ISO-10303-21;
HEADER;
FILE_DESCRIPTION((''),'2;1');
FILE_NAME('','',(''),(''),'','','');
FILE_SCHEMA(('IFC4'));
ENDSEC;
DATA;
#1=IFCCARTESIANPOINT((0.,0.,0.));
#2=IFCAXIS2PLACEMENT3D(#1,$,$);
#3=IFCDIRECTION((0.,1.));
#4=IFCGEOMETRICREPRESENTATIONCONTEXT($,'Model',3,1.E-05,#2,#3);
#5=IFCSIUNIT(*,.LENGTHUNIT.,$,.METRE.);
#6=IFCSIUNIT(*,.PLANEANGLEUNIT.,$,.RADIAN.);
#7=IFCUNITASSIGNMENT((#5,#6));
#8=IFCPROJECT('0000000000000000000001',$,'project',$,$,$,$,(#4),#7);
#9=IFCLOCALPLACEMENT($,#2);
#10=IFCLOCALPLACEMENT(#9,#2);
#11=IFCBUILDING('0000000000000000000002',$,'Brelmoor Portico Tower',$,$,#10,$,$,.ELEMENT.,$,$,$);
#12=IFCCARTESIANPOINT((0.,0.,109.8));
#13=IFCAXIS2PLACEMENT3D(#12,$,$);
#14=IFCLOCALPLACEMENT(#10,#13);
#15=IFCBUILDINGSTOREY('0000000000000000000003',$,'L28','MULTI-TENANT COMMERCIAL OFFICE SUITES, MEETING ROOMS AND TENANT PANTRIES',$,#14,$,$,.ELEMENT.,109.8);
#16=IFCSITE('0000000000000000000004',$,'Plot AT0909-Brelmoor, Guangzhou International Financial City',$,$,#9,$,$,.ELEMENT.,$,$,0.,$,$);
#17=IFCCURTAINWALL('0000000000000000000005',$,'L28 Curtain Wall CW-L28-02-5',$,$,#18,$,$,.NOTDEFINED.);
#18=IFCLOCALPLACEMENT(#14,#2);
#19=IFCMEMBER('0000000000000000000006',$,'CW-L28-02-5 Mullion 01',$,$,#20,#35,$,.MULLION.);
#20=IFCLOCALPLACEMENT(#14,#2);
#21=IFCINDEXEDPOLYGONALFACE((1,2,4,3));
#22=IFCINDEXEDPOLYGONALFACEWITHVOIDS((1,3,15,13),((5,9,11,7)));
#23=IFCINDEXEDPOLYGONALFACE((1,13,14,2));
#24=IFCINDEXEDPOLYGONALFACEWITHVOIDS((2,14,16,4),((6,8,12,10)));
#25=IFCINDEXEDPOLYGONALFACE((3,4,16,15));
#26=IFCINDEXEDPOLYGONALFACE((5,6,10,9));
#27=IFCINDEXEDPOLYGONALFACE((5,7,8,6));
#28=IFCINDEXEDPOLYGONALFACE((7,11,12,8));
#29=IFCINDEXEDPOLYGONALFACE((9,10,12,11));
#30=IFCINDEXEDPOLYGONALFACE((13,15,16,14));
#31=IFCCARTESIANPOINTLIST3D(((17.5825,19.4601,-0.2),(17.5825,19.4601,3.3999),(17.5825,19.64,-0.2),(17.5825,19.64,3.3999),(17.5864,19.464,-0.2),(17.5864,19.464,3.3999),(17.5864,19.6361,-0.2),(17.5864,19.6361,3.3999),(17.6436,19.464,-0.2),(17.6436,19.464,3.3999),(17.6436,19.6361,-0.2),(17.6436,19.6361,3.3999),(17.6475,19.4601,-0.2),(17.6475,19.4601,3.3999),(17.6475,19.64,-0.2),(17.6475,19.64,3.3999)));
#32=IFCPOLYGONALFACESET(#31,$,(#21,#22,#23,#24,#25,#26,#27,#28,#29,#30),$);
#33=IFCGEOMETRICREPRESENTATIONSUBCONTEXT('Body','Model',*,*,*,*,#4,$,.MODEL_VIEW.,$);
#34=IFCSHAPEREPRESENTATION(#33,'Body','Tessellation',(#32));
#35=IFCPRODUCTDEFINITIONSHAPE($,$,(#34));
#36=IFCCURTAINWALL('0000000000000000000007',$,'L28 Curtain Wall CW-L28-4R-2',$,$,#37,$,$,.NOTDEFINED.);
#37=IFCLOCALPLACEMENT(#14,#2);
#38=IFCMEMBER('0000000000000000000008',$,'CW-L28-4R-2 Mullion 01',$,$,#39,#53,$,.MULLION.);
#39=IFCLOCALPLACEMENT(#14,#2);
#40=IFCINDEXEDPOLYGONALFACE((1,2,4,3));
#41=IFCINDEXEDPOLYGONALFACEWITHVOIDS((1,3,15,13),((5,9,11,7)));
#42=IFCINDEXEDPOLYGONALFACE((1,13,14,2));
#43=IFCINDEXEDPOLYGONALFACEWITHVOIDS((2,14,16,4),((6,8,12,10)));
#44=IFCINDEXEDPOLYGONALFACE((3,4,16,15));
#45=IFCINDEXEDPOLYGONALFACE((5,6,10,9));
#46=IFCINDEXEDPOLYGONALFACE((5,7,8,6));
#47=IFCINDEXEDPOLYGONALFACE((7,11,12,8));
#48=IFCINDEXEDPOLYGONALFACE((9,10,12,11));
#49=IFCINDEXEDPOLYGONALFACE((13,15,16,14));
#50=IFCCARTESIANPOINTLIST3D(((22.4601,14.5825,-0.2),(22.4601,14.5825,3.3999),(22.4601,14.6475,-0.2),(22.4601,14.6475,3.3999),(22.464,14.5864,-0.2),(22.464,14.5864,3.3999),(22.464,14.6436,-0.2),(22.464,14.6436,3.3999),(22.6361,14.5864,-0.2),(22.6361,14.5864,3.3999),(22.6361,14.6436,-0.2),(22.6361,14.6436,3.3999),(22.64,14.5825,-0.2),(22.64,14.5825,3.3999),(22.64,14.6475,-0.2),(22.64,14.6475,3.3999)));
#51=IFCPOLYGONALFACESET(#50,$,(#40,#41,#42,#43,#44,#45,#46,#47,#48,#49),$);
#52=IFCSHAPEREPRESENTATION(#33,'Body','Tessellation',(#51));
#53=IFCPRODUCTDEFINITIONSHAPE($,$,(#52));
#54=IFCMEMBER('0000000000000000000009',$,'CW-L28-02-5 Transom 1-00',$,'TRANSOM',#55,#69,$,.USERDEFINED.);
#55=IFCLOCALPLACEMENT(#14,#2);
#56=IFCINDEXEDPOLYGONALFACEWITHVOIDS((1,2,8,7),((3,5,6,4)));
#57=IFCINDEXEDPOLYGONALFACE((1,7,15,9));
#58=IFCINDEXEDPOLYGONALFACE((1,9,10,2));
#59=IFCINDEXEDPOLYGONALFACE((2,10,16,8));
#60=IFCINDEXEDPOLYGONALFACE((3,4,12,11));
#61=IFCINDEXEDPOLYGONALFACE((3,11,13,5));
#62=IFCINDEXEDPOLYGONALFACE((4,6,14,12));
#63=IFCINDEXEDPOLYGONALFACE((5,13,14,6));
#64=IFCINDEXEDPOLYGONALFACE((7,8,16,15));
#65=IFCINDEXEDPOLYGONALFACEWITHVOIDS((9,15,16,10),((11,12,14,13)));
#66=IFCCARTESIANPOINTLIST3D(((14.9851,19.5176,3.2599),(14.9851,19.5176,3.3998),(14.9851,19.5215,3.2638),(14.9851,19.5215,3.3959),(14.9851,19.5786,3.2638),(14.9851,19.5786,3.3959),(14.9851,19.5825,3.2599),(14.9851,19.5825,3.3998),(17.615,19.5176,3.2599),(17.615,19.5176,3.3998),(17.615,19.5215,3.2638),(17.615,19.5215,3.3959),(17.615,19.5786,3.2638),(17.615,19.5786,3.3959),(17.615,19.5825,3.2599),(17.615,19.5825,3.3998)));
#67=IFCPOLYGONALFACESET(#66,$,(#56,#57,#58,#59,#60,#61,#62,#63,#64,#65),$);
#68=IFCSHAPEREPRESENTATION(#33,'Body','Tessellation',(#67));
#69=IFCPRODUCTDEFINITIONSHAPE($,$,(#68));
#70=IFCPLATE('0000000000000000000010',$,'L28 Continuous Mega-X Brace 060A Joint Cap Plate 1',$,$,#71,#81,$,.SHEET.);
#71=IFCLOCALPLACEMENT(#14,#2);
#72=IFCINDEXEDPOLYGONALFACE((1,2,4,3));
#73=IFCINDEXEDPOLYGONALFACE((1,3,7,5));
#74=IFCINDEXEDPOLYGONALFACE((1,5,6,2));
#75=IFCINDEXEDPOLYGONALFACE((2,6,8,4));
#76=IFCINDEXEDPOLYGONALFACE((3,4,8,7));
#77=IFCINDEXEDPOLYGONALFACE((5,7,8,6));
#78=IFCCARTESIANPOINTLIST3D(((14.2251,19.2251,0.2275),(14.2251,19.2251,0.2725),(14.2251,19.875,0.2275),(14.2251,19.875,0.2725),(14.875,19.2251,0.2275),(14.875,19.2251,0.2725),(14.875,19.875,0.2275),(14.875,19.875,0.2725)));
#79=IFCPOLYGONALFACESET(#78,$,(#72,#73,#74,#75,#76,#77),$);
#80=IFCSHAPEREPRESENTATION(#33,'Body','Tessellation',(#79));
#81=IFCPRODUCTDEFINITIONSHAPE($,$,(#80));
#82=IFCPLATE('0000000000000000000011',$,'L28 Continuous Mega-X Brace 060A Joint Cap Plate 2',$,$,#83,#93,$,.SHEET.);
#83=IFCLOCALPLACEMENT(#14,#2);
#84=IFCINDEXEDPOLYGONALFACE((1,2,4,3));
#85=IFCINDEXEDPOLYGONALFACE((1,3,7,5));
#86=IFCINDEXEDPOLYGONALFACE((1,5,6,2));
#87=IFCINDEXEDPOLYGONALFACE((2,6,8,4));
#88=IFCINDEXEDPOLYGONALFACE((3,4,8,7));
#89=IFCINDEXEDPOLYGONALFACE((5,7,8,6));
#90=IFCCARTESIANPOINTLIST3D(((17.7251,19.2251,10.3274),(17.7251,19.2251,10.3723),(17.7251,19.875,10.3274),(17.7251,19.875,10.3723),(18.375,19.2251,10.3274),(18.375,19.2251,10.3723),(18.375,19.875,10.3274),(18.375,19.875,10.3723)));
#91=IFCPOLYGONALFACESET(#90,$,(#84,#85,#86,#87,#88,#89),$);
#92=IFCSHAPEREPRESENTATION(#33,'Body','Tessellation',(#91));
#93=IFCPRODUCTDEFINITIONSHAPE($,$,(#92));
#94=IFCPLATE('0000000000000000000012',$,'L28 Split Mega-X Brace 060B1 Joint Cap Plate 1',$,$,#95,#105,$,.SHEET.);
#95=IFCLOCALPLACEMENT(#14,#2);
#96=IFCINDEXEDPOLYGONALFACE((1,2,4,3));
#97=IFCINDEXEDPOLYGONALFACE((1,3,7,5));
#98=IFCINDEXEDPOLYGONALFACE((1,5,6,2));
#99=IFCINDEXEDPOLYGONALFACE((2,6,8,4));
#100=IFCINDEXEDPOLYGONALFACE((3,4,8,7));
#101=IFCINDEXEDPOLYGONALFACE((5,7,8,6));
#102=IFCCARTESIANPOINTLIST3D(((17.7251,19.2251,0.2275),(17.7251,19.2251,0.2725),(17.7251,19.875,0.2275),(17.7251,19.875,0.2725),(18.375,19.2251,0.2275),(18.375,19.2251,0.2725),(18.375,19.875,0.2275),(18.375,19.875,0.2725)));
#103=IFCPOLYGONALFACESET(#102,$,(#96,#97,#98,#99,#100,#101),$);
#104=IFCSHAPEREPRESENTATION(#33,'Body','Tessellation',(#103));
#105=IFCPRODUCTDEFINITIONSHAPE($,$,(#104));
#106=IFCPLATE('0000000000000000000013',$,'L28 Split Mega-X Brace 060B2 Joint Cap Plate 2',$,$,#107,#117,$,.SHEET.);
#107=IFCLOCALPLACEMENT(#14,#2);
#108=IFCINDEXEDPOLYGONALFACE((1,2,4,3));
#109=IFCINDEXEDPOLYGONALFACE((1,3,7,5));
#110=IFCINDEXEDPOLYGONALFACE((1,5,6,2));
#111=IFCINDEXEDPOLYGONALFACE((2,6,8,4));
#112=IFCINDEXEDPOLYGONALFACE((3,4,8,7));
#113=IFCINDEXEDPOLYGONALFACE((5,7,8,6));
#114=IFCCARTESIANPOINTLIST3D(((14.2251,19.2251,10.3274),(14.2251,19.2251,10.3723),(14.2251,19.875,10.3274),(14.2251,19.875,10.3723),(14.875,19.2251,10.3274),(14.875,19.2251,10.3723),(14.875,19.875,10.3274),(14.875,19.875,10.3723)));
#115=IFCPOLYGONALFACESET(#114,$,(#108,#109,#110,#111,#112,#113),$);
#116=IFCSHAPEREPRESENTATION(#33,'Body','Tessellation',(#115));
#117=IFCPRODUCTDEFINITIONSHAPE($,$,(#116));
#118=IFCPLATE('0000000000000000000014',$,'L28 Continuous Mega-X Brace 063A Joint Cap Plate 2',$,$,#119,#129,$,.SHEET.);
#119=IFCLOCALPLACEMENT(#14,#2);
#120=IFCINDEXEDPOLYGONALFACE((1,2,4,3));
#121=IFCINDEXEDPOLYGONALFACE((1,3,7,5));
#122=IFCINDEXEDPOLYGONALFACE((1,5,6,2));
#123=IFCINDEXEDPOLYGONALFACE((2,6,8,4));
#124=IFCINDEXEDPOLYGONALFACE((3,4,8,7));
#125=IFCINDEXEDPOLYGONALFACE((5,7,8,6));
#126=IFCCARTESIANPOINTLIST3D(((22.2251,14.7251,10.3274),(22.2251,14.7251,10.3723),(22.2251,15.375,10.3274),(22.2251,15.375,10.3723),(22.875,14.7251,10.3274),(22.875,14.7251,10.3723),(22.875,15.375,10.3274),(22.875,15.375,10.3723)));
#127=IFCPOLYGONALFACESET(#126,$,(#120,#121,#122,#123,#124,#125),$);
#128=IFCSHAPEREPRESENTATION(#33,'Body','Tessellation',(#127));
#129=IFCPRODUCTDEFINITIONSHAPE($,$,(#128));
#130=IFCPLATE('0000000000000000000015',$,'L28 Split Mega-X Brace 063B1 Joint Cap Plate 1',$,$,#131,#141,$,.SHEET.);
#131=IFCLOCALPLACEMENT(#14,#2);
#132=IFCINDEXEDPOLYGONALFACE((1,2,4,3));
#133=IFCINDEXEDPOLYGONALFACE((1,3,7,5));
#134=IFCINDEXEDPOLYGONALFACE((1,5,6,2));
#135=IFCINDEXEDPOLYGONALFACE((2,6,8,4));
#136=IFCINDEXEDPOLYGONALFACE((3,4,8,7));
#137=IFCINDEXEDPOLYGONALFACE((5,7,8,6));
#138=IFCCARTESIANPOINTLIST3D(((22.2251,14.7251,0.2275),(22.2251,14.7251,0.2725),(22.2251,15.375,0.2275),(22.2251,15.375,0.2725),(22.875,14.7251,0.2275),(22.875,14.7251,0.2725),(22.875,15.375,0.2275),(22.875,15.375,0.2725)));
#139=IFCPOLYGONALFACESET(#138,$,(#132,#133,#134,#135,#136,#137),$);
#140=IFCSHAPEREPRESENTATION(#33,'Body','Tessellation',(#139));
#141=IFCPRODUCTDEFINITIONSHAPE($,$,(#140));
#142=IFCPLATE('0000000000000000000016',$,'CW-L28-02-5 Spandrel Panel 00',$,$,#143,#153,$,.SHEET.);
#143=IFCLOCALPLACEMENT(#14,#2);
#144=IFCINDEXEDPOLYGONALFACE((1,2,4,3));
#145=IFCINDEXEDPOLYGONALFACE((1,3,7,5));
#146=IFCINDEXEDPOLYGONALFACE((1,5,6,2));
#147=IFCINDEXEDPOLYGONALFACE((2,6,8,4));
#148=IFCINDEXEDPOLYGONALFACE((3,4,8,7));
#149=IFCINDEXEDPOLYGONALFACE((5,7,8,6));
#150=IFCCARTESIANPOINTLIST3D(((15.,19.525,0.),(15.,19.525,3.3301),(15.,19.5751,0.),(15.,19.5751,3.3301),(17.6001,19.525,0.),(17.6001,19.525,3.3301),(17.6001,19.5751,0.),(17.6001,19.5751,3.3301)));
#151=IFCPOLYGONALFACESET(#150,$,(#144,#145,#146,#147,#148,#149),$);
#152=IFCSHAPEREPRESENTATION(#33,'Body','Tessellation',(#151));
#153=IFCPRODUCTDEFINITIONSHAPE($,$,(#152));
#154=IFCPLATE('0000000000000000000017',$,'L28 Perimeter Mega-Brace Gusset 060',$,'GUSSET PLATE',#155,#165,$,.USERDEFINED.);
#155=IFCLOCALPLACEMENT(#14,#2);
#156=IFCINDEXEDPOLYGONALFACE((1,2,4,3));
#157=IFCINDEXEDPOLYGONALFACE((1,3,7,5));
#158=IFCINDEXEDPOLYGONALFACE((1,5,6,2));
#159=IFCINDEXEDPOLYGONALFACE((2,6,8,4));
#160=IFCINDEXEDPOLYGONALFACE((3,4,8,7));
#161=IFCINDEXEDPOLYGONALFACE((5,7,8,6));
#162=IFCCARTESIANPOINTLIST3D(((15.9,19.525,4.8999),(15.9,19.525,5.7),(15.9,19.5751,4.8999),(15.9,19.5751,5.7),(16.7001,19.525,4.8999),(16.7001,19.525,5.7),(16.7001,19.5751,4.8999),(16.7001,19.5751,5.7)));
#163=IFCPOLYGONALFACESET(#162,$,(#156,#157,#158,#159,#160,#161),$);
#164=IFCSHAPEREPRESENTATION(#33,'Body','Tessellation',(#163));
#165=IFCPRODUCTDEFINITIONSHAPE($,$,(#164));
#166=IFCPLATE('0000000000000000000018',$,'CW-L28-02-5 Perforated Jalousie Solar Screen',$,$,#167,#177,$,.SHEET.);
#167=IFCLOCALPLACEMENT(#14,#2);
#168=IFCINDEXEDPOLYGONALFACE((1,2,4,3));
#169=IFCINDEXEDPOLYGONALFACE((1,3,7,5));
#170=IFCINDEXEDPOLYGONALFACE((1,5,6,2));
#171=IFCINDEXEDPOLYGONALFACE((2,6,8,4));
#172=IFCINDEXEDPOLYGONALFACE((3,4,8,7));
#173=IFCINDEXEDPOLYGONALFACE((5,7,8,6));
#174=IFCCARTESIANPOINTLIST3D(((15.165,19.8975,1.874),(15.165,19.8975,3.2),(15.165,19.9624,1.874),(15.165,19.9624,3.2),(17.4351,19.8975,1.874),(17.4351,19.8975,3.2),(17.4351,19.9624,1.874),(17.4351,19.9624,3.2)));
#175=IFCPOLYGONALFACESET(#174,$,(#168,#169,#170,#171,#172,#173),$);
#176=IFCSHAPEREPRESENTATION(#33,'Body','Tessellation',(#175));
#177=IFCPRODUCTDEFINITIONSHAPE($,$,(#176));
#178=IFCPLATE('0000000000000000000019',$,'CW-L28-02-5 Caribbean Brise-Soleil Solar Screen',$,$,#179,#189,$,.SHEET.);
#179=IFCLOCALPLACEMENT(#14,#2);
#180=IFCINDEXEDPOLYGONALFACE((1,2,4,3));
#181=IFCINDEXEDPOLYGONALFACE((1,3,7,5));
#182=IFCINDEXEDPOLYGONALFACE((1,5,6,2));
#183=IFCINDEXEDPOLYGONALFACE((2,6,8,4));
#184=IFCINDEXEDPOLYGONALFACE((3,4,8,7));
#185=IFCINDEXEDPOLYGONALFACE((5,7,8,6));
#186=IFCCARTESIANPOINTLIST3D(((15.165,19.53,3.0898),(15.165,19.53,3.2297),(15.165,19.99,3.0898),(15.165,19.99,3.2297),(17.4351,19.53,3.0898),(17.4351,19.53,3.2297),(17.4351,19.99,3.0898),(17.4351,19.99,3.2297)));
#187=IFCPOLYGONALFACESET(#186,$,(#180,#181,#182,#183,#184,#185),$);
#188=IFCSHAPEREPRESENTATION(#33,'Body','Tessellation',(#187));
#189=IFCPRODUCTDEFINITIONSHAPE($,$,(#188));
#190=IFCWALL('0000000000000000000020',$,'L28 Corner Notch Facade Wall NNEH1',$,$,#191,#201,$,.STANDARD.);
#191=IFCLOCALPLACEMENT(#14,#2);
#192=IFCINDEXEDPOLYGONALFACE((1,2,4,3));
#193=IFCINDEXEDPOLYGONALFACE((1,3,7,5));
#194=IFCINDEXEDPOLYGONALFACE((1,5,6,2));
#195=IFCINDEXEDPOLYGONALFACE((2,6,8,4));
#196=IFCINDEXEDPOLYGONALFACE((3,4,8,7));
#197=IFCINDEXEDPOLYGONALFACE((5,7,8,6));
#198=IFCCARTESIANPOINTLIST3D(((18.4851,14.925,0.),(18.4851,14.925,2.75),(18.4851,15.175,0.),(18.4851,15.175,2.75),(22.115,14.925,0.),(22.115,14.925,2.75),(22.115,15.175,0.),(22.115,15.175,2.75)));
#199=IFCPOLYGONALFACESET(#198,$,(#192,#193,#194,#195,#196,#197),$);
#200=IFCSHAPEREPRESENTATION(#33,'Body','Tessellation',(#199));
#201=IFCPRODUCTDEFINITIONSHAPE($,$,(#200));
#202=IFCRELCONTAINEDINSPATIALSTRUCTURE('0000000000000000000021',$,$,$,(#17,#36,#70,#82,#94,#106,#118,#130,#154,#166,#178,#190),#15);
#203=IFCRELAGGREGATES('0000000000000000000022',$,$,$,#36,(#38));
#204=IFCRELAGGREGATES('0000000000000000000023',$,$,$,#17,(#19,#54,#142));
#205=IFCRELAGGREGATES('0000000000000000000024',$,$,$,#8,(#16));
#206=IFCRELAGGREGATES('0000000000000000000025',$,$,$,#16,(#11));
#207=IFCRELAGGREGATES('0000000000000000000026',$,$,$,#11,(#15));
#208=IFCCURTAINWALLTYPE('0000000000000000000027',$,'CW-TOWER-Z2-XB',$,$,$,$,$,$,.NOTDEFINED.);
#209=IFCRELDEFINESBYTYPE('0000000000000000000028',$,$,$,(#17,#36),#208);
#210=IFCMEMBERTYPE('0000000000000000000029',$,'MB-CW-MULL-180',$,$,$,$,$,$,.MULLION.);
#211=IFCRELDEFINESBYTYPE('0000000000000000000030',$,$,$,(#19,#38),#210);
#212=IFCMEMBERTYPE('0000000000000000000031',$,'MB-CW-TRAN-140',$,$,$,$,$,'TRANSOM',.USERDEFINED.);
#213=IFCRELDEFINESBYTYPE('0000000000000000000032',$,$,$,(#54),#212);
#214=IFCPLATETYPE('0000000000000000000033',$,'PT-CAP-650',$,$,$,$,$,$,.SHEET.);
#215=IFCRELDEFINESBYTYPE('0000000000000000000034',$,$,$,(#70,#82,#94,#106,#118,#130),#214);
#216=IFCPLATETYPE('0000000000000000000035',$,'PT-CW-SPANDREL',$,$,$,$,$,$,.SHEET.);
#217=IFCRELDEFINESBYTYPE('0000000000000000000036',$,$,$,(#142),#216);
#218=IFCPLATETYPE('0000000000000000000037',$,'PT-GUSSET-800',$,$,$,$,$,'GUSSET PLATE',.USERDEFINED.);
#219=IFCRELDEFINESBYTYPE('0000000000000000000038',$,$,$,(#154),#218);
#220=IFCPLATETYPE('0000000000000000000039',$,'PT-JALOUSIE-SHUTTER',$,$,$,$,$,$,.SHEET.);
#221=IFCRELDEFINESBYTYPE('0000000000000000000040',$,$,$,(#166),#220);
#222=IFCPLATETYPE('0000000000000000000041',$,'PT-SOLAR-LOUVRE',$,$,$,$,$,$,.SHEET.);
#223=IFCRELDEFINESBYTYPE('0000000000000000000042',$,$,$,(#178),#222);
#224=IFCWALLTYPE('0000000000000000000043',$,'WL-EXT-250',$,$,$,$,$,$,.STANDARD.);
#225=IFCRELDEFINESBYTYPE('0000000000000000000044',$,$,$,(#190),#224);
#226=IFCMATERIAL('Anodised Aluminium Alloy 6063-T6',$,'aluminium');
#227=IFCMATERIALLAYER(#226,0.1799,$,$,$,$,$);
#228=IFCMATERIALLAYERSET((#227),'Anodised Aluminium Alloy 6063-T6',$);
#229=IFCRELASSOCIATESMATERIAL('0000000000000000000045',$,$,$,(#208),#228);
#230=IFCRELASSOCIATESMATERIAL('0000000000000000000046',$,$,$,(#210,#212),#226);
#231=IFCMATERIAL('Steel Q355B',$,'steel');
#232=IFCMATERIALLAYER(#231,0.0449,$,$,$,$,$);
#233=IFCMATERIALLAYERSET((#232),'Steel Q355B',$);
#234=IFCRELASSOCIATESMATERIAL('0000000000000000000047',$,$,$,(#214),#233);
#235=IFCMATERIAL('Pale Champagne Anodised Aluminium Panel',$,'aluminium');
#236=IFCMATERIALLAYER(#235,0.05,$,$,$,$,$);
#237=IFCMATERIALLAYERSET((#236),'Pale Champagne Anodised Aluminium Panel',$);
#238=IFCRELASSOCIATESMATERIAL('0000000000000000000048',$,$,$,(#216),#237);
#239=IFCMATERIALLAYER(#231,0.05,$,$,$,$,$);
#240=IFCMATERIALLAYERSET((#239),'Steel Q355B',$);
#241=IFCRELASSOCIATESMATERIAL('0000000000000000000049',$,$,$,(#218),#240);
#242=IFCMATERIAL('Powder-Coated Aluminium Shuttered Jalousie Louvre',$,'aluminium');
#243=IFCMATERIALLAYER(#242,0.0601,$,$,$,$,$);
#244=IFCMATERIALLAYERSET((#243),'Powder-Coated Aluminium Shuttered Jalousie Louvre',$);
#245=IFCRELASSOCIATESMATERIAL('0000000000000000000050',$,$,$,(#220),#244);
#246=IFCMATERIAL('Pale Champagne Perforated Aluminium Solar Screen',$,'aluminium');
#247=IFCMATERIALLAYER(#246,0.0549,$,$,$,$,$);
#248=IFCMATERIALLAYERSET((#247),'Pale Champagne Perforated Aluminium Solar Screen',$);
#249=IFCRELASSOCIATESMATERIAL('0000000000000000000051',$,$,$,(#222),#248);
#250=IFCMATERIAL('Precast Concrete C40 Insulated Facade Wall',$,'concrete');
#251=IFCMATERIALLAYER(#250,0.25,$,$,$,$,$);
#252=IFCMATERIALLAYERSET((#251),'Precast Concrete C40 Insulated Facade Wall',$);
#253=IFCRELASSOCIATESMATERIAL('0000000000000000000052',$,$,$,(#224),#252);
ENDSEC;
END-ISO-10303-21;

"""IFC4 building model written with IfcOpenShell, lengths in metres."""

from ifc_helpers import new_model, si_unit, direction, frame, frame_2d, origin, origin_2d, place, context, subcontext, project, spatial, rectangle, hollow_rectangle, extrude, material, layer, layer_set, material_profile, profile_set, type_object, element, aggregate, save


model = new_model("IFC4")

# Units and contexts
model_context = context("Model", 3, precision=1e-05, world=origin(), true_north=direction((0.0, 1.0)))
body_context = subcontext(model_context, "Body", "Model", "MODEL_VIEW")
ifc_project = project(units=[si_unit("LENGTHUNIT", "METRE"), si_unit("PLANEANGLEUNIT", "RADIAN")], contexts=[model_context])

# Site, building, storey
site_placement = place(None, origin())
site = spatial("IfcSite", under=ifc_project, at=site_placement, Name="Plot AT0909-Brelmoor, Guangzhou International Financial City", CompositionType="ELEMENT", RefElevation=0.0)
building_placement = place(site_placement, origin())
building = spatial("IfcBuilding", under=site, at=building_placement, Name="Brelmoor Portico Tower", CompositionType="ELEMENT")
storey_placement = place(building_placement, frame((0.0, 0.0, 109.8)))
storey = spatial("IfcBuildingStorey", under=building, at=storey_placement, Name="L28", Description="MULTI-TENANT COMMERCIAL OFFICE SUITES, MEETING ROOMS AND TENANT PANTRIES", CompositionType="ELEMENT", Elevation=109.8)

# Shared definitions
ifc_material_1 = material(Name="Steel Q355B", Category="steel")

# Curtain wall, member
ifc_material_2 = material(Name="Anodised Aluminium Alloy 6063-T6", Category="aluminium")
ifc_layer_1 = layer(ifc_material_2, 0.1799)
ifc_layer_set_1 = layer_set([ifc_layer_1], Name="Anodised Aluminium Alloy 6063-T6")
curtain_wall_type = type_object("IfcCurtainWallType", Name="CW-TOWER-Z2-XB", PredefinedType="NOTDEFINED", material=ifc_layer_set_1)
curtain_wall_1_placement = place(storey_placement, origin())
curtain_wall_1 = element("IfcCurtainWall", 1, at=curtain_wall_1_placement, inside=storey, type_object=curtain_wall_type, Name="L28 Curtain Wall CW-L28-02-5", PredefinedType="NOTDEFINED")
ifc_material_profile_1 = material_profile(ifc_material_2, hollow_rectangle(XDim=0.0649, YDim=0.1799, WallThickness=0.0039, at=origin_2d()), Name="ALU MULLION 65x180")
ifc_profile_set_1 = profile_set([ifc_material_profile_1], Name="Anodised Aluminium Alloy 6063-T6")
member_type_1 = type_object("IfcMemberType", Name="MB-CW-MULL-180", PredefinedType="MULLION", material=ifc_profile_set_1)
member_1_placement = place(storey_placement, frame((17.615, 19.55, -0.2), z_axis=(0.0, 0.0, 1.0), x_axis=(1.0, 0.0, 0.0)))
member_1 = element("IfcMember", 2, at=member_1_placement, type_object=member_type_1, Name="CW-L28-02-5 Mullion 01", PredefinedType="MULLION", context=body_context, shape_type="SweptSolid", body=[
    extrude(hollow_rectangle(XDim=0.0649, YDim=0.1799, WallThickness=0.0039, at=origin_2d()), origin(), (0.0, 0.0, 1.0), 3.5999),
])

# Curtain wall, member
curtain_wall_2_placement = place(storey_placement, origin())
curtain_wall_2 = element("IfcCurtainWall", 3, at=curtain_wall_2_placement, inside=storey, type_object=curtain_wall_type, Name="L28 Curtain Wall CW-L28-4R-2", PredefinedType="NOTDEFINED")
member_2_placement = place(storey_placement, frame((22.55, 14.615, -0.2), z_axis=(0.0, 0.0, 1.0), x_axis=(0.0, 1.0, 0.0)))
member_2 = element("IfcMember", 4, at=member_2_placement, type_object=member_type_1, Name="CW-L28-4R-2 Mullion 01", PredefinedType="MULLION", context=body_context, shape_type="SweptSolid", body=[
    extrude(hollow_rectangle(XDim=0.0649, YDim=0.1799, WallThickness=0.0039, at=origin_2d()), origin(), (0.0, 0.0, 1.0), 3.5999),
])
aggregate(curtain_wall_2, [member_2])

# Member
ifc_material_profile_2 = material_profile(ifc_material_2, hollow_rectangle(XDim=0.0649, YDim=0.1399, WallThickness=0.0039, at=origin_2d()), Name="ALU TRANSOM 65x140")
ifc_profile_set_2 = profile_set([ifc_material_profile_2], Name="Anodised Aluminium Alloy 6063-T6")
member_type_2 = type_object("IfcMemberType", Name="MB-CW-TRAN-140", ElementType="TRANSOM", PredefinedType="USERDEFINED", material=ifc_profile_set_2)
member_3_placement = place(storey_placement, frame((14.9851, 19.55, 3.3298), z_axis=(1.0, 0.0, 0.0), x_axis=(0.0, 1.0, 0.0)))
member_3 = element("IfcMember", 5, at=member_3_placement, type_object=member_type_2, Name="CW-L28-02-5 Transom 1-00", ObjectType="TRANSOM", PredefinedType="USERDEFINED", context=body_context, shape_type="SweptSolid", body=[
    extrude(hollow_rectangle(XDim=0.0649, YDim=0.1399, WallThickness=0.0039, at=origin_2d()), origin(), (0.0, 0.0, 1.0), 2.6299),
])

# Plates
ifc_layer_2 = layer(ifc_material_1, 0.0449)
ifc_layer_set_2 = layer_set([ifc_layer_2], Name="Steel Q355B")
plate_type_1 = type_object("IfcPlateType", Name="PT-CAP-650", PredefinedType="SHEET", material=ifc_layer_set_2)
for number, where, z_axis, x_axis, name in (
    (6, (14.55, 19.55, 0.2275), (0.0, 0.0, 1.0), (1.0, 0.0, 0.0), "L28 Continuous Mega-X Brace 060A Joint Cap Plate 1"),
    (7, (18.05, 19.55, 10.3274), (0.0, 0.0, 1.0), (1.0, 0.0, 0.0), "L28 Continuous Mega-X Brace 060A Joint Cap Plate 2"),
    (8, (18.05, 19.55, 0.2275), (0.0, 0.0, 1.0), (1.0, 0.0, 0.0), "L28 Split Mega-X Brace 060B1 Joint Cap Plate 1"),
    (9, (14.55, 19.55, 10.3274), (0.0, 0.0, 1.0), (1.0, 0.0, 0.0), "L28 Split Mega-X Brace 060B2 Joint Cap Plate 2"),
    (10, (22.55, 15.05, 10.3274), (0.0, 0.0, 1.0), (1.0, 0.0, 0.0), "L28 Continuous Mega-X Brace 063A Joint Cap Plate 2"),
    (11, (22.55, 15.05, 0.2275), (0.0, 0.0, 1.0), (1.0, 0.0, 0.0), "L28 Split Mega-X Brace 063B1 Joint Cap Plate 1"),
):
    element("IfcPlate", number, at=place(storey_placement, frame(where, z_axis=z_axis, x_axis=x_axis)), inside=storey, type_object=plate_type_1, Name=name, PredefinedType="SHEET", context=body_context, shape_type="SweptSolid", body=[
        extrude(rectangle(XDim=0.6499, YDim=0.6499, at=origin_2d()), origin(), (0.0, 0.0, 1.0), 0.0449),
    ])

# Plate
ifc_material_3 = material(Name="Pale Champagne Anodised Aluminium Panel", Category="aluminium")
ifc_layer_3 = layer(ifc_material_3, 0.05)
ifc_layer_set_3 = layer_set([ifc_layer_3], Name="Pale Champagne Anodised Aluminium Panel")
plate_type_2 = type_object("IfcPlateType", Name="PT-CW-SPANDREL", PredefinedType="SHEET", material=ifc_layer_set_3)
plate_1_placement = place(storey_placement, frame((16.3, 19.55, 0.0), z_axis=(0.0, 0.0, 1.0), x_axis=(1.0, 0.0, 0.0)))
plate_1 = element("IfcPlate", 12, at=plate_1_placement, type_object=plate_type_2, Name="CW-L28-02-5 Spandrel Panel 00", PredefinedType="SHEET", context=body_context, shape_type="SweptSolid", body=[
    extrude(rectangle(XDim=2.6001, YDim=0.05, at=origin_2d()), origin(), (0.0, 0.0, 1.0), 3.3301),
])
aggregate(curtain_wall_1, [member_1, member_3, plate_1])

# Plates
ifc_layer_4 = layer(ifc_material_1, 0.05)
ifc_layer_set_4 = layer_set([ifc_layer_4], Name="Steel Q355B")
plate_type_3 = type_object("IfcPlateType", Name="PT-GUSSET-800", ElementType="GUSSET PLATE", PredefinedType="USERDEFINED", material=ifc_layer_set_4)
plate_2_placement = place(storey_placement, frame((16.3, 19.55, 4.8999), z_axis=(0.0, 0.0, 1.0), x_axis=(1.0, 0.0, 0.0)))
element("IfcPlate", 13, at=plate_2_placement, inside=storey, type_object=plate_type_3, Name="L28 Perimeter Mega-Brace Gusset 060", ObjectType="GUSSET PLATE", PredefinedType="USERDEFINED", context=body_context, shape_type="SweptSolid", body=[
    extrude(rectangle(XDim=0.8, YDim=0.05, at=origin_2d()), origin(), (0.0, 0.0, 1.0), 0.8),
])
ifc_material_4 = material(Name="Powder-Coated Aluminium Shuttered Jalousie Louvre", Category="aluminium")
ifc_layer_5 = layer(ifc_material_4, 0.0601)
ifc_layer_set_5 = layer_set([ifc_layer_5], Name="Powder-Coated Aluminium Shuttered Jalousie Louvre")
plate_type_4 = type_object("IfcPlateType", Name="PT-JALOUSIE-SHUTTER", PredefinedType="SHEET", material=ifc_layer_set_5)
plate_3_placement = place(storey_placement, frame((16.3, 19.9299, 1.874), z_axis=(0.0, 0.0, 1.0), x_axis=(1.0, 0.0, 0.0)))
element("IfcPlate", 14, at=plate_3_placement, inside=storey, type_object=plate_type_4, Name="CW-L28-02-5 Perforated Jalousie Solar Screen", PredefinedType="SHEET", context=body_context, shape_type="SweptSolid", body=[
    extrude(rectangle(XDim=2.27, YDim=0.0649, at=origin_2d()), origin(), (0.0, 0.0, 1.0), 1.3259),
])
ifc_material_5 = material(Name="Pale Champagne Perforated Aluminium Solar Screen", Category="aluminium")
ifc_layer_6 = layer(ifc_material_5, 0.0549)
ifc_layer_set_6 = layer_set([ifc_layer_6], Name="Pale Champagne Perforated Aluminium Solar Screen")
plate_type_5 = type_object("IfcPlateType", Name="PT-SOLAR-LOUVRE", PredefinedType="SHEET", material=ifc_layer_set_6)
plate_4_placement = place(storey_placement, frame((16.3, 19.76, 3.0898), z_axis=(0.0, 0.0, 1.0), x_axis=(1.0, 0.0, 0.0)))
element("IfcPlate", 15, at=plate_4_placement, inside=storey, type_object=plate_type_5, Name="CW-L28-02-5 Caribbean Brise-Soleil Solar Screen", PredefinedType="SHEET", context=body_context, shape_type="SweptSolid", body=[
    extrude(rectangle(XDim=2.27, YDim=0.46, at=origin_2d()), origin(), (0.0, 0.0, 1.0), 0.1399),
])

# Wall
ifc_material_6 = material(Name="Precast Concrete C40 Insulated Facade Wall", Category="concrete")
ifc_layer_7 = layer(ifc_material_6, 0.25)
ifc_layer_set_7 = layer_set([ifc_layer_7], Name="Precast Concrete C40 Insulated Facade Wall")
wall_type = type_object("IfcWallType", Name="WL-EXT-250", PredefinedType="STANDARD", material=ifc_layer_set_7)
for number, where, z_axis, x_axis, name in (
    (16, (18.4851, 15.05, 0.0), (0.0, 0.0, 1.0), (1.0, 0.0, 0.0), "L28 Corner Notch Facade Wall NNEH1"),
):
    element("IfcWall", number, at=place(storey_placement, frame(where, z_axis=z_axis, x_axis=x_axis)), inside=storey, type_object=wall_type, Name=name, PredefinedType="STANDARD", context=body_context, shape_type="SweptSolid", body=[
        extrude(rectangle(XDim=3.6299, YDim=0.25, at=frame_2d((1.8149, 0.0))), origin(), (0.0, 0.0, 1.0), 2.75),
    ])

save(model, "model.ifc")
